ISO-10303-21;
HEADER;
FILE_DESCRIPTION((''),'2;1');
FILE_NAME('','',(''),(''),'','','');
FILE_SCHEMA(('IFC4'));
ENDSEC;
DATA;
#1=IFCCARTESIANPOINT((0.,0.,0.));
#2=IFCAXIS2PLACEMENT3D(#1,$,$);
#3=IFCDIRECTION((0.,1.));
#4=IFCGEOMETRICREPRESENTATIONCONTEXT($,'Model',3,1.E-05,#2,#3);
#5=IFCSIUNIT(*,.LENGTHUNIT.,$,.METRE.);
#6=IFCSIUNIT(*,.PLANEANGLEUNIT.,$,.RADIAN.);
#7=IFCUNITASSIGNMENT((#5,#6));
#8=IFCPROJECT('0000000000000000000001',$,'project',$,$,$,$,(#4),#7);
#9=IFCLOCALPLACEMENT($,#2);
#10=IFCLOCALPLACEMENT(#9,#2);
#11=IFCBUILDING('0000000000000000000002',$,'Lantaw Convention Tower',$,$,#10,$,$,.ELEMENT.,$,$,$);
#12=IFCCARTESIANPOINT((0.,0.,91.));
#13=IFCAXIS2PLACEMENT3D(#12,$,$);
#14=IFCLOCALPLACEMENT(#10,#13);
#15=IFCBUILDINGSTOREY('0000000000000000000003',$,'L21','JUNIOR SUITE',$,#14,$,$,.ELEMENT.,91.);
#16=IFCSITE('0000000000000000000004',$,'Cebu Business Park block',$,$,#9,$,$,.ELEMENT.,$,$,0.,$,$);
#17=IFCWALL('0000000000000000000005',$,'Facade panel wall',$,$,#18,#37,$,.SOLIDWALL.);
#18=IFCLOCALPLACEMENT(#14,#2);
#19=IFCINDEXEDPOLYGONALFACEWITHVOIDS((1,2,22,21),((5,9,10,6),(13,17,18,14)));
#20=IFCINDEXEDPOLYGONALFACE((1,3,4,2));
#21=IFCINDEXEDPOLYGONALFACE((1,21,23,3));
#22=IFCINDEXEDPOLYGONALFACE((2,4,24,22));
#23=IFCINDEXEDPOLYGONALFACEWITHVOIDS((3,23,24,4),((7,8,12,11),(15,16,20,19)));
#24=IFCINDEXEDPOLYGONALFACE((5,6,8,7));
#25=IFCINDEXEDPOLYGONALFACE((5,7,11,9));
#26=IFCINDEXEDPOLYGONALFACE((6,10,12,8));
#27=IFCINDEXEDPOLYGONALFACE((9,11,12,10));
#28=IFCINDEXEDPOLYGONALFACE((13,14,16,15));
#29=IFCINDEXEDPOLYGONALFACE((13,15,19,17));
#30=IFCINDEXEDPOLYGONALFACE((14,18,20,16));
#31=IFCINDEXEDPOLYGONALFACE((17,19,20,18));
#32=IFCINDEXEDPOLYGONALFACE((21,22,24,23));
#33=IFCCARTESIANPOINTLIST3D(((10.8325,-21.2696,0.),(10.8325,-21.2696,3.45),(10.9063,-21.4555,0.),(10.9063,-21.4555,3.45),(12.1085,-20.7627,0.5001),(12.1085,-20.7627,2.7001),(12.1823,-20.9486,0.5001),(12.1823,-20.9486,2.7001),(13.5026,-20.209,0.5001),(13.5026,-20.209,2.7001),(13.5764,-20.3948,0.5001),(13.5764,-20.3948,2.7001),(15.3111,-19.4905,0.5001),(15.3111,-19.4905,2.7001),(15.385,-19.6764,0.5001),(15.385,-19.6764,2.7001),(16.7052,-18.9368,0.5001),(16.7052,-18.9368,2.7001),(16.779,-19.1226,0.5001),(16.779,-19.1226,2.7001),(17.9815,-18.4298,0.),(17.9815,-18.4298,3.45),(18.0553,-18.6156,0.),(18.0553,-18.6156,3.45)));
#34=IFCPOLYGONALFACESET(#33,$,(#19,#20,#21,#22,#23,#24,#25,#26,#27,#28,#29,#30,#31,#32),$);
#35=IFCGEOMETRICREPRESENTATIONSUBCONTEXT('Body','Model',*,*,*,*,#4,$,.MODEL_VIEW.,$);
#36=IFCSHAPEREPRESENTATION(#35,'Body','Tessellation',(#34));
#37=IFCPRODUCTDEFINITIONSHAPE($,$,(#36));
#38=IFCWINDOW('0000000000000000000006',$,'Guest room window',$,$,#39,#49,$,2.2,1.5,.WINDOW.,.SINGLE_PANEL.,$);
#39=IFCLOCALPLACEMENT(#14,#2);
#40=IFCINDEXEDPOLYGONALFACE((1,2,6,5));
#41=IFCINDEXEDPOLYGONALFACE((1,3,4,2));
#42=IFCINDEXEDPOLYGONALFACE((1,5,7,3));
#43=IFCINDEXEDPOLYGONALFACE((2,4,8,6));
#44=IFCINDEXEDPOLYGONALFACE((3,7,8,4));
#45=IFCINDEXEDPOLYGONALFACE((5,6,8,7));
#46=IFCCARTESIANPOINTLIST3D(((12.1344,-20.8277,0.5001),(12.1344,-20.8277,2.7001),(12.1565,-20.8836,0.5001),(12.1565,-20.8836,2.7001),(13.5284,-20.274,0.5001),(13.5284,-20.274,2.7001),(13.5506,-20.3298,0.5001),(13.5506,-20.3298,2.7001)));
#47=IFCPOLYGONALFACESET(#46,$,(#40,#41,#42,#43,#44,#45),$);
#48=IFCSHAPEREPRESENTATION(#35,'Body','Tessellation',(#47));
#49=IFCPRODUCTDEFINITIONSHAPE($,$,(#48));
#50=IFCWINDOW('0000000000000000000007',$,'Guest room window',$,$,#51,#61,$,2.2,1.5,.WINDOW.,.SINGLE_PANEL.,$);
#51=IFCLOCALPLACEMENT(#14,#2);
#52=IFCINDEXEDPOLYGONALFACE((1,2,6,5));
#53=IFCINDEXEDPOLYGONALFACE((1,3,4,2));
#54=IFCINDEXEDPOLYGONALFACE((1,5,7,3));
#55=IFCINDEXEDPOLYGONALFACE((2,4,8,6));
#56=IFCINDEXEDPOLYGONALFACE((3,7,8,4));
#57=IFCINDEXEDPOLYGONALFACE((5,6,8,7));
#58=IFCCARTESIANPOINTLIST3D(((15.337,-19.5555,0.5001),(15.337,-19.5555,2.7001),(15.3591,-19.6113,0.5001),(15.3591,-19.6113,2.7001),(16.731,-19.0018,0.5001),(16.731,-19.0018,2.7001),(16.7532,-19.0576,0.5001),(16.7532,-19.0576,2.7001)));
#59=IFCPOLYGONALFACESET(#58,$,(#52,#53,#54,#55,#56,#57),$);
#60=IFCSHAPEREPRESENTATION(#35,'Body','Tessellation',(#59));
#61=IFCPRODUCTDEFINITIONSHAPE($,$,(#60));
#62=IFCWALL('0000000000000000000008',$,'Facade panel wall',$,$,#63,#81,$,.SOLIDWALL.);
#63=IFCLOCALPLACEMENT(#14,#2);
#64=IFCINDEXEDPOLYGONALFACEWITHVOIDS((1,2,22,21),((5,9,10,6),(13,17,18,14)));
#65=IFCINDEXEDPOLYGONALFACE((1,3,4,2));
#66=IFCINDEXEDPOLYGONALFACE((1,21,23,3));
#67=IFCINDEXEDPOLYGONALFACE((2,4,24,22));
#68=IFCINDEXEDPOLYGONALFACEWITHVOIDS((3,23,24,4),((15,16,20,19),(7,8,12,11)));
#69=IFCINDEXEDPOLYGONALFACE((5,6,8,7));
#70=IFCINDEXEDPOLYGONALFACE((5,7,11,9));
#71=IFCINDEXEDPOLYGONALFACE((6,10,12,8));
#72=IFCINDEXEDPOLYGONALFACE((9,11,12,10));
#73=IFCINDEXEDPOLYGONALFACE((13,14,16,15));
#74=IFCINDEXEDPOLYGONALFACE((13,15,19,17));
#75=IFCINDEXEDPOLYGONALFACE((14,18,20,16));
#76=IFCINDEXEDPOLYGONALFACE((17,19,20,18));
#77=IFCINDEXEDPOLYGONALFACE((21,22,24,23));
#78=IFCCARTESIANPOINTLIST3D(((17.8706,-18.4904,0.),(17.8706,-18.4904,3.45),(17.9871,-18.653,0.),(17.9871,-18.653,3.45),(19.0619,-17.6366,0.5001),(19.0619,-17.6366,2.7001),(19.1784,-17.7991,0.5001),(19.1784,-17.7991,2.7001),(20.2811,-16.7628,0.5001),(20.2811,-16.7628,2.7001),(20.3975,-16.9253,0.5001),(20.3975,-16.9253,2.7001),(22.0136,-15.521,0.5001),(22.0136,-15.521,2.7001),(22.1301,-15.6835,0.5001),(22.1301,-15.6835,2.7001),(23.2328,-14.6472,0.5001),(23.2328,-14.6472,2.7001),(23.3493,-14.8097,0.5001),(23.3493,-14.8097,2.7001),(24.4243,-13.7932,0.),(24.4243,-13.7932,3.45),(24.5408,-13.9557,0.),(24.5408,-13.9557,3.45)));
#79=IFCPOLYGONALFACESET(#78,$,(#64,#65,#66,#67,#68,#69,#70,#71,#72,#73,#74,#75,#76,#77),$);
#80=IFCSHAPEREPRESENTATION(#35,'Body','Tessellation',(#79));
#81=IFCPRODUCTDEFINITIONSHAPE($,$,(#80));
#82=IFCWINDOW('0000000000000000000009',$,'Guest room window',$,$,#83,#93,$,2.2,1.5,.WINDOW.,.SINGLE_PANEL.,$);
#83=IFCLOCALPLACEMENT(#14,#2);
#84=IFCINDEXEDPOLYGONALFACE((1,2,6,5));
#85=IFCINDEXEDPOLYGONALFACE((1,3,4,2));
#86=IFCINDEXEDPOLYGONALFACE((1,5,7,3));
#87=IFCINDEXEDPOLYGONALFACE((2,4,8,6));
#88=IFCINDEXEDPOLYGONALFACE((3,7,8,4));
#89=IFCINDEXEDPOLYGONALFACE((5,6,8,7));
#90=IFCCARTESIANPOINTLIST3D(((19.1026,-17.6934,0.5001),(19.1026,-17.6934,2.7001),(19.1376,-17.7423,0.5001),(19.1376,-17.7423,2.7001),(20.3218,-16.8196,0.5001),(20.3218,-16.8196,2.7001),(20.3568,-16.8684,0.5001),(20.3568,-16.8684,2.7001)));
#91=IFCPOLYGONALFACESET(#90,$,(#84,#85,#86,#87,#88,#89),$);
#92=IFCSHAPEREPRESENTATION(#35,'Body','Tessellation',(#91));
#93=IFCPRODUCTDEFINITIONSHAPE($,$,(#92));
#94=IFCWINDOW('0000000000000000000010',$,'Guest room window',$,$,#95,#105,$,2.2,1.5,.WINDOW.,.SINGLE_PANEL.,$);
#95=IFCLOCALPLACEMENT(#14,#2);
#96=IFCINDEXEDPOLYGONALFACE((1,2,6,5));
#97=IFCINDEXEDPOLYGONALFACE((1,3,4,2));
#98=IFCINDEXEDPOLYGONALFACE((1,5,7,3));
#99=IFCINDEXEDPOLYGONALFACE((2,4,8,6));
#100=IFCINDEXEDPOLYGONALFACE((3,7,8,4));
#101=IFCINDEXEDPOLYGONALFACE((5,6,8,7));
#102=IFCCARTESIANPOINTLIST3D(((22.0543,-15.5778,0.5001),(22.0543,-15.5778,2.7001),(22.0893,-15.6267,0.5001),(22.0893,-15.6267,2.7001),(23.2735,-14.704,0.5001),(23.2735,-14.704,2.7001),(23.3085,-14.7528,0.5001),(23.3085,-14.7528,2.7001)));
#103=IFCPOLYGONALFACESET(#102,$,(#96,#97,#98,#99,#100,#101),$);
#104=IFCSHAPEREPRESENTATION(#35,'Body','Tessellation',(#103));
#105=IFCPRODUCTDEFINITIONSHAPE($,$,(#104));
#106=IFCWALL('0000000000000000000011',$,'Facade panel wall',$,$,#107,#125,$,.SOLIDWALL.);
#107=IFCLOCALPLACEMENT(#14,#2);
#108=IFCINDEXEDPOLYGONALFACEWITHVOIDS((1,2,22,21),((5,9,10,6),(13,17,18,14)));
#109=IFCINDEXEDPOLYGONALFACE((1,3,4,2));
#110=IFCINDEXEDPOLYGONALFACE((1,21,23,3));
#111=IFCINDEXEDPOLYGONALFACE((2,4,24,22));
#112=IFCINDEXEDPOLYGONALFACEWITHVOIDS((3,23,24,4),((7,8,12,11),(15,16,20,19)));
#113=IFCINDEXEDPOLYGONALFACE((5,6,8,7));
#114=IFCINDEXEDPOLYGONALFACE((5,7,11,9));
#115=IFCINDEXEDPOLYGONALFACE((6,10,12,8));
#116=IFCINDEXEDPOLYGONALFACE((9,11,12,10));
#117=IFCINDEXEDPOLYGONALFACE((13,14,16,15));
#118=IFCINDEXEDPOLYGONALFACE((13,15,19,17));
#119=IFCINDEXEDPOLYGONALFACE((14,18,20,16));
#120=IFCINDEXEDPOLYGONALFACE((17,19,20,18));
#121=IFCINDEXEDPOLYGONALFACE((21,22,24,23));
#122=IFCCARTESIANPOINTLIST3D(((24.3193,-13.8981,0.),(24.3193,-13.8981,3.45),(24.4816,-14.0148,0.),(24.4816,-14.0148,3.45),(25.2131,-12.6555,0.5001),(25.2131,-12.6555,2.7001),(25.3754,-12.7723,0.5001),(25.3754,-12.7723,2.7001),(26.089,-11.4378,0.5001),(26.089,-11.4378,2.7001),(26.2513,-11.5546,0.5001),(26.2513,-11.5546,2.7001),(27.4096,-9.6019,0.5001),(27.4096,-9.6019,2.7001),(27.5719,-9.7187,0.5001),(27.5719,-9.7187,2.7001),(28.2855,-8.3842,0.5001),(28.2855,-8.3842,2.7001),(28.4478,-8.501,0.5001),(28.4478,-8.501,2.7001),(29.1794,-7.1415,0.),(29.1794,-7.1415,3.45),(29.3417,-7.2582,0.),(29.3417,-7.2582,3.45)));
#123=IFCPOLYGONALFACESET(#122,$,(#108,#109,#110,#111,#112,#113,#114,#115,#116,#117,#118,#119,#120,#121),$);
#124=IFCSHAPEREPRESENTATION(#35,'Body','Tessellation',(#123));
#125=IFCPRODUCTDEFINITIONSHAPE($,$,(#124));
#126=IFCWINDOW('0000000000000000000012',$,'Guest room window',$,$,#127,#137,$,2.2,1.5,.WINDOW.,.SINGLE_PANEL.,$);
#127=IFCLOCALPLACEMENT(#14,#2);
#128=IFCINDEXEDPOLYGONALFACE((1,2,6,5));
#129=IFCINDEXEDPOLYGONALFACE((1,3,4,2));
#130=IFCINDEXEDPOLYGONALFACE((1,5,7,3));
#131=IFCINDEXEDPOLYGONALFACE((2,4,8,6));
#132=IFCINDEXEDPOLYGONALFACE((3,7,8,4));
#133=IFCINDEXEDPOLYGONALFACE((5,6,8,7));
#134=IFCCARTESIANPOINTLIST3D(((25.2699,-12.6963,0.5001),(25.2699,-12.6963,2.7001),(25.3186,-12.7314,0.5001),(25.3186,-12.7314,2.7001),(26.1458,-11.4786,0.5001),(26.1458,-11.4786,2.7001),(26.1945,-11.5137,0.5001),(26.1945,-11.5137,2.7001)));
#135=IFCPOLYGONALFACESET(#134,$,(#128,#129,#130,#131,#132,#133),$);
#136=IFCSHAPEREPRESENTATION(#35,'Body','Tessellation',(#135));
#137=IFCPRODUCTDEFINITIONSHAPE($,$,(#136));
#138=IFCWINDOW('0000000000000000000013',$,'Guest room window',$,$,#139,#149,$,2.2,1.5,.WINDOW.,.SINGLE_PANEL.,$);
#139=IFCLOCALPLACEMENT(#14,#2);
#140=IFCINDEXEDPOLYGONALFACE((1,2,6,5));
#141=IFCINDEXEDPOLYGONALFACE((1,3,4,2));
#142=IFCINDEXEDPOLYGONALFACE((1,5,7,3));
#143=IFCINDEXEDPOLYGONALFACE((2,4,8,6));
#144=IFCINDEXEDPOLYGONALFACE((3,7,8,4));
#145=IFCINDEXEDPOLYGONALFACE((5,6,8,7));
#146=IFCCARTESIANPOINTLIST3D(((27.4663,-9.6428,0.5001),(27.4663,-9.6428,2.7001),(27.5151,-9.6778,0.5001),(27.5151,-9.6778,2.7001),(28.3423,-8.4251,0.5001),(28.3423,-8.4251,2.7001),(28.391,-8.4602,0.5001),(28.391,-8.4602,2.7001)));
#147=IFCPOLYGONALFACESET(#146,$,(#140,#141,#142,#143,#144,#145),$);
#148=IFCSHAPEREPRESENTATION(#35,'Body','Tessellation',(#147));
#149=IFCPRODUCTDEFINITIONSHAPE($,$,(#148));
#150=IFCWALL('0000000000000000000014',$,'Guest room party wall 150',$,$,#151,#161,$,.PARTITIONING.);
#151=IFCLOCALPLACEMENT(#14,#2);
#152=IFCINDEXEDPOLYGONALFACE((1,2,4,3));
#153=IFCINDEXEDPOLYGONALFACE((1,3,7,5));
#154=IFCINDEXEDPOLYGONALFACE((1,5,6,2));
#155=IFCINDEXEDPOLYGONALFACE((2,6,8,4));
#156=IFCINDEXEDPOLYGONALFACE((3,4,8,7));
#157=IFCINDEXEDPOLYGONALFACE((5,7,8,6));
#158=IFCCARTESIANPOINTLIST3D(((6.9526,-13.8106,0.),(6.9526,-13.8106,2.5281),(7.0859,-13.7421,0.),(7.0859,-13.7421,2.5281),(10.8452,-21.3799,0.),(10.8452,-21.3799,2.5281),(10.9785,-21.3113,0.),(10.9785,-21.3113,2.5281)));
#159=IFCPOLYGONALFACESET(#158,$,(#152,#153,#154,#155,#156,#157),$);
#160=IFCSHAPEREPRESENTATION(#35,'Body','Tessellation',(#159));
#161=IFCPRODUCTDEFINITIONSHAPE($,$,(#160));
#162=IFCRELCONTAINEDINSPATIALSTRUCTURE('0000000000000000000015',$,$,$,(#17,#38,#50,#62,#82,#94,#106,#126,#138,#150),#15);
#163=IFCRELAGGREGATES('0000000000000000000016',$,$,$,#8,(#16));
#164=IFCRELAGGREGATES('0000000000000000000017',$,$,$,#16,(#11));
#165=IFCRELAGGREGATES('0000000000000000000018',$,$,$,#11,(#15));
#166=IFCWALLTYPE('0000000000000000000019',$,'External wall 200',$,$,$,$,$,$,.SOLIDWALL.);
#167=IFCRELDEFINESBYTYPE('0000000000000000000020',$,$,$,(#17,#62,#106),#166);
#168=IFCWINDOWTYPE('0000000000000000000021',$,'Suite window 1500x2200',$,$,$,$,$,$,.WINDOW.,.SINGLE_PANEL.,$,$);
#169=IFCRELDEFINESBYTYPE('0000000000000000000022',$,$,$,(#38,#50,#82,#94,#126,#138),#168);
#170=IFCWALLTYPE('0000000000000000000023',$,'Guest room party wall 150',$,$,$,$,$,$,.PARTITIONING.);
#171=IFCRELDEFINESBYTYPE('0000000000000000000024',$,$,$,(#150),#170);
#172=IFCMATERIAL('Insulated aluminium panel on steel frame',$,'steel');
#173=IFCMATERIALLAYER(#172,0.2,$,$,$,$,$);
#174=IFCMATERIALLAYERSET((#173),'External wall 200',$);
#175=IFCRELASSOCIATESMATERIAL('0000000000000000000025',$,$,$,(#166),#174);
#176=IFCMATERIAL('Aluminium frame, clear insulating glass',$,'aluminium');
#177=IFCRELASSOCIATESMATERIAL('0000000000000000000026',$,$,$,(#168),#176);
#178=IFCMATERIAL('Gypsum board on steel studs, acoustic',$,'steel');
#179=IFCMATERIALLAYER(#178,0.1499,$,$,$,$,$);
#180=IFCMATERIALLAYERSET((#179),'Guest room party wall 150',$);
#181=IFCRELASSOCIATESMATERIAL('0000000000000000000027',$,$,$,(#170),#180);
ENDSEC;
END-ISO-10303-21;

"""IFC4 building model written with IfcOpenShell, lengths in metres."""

from ifc_helpers import new_model, si_unit, direction, frame, frame_2d, origin, place, context, subcontext, project, spatial, rectangle, extrude, material, layer, layer_set, type_object, element, fill, save


model = new_model("IFC4")

# Units and contexts
model_context = context("Model", 3, precision=1e-05, world=origin(), true_north=direction((0.0, 1.0)))
body_context = subcontext(model_context, "Body", "Model", "MODEL_VIEW")
ifc_project = project(units=[si_unit("LENGTHUNIT", "METRE"), si_unit("PLANEANGLEUNIT", "RADIAN")], contexts=[model_context])

# Site, building, storey
site_placement = place(None, origin())
site = spatial("IfcSite", under=ifc_project, at=site_placement, Name="Cebu Business Park block", CompositionType="ELEMENT", RefElevation=0.0)
building_placement = place(site_placement, origin())
building = spatial("IfcBuilding", under=site, at=building_placement, Name="Lantaw Convention Tower", CompositionType="ELEMENT")
storey_placement = place(building_placement, frame((0.0, 0.0, 91.0)))
storey = spatial("IfcBuildingStorey", under=building, at=storey_placement, Name="L21", Description="JUNIOR SUITE", CompositionType="ELEMENT", Elevation=91.0)

# Walls, openings, windows
ifc_material_1 = material(Name="Insulated aluminium panel on steel frame", Category="steel")
ifc_layer_1 = layer(ifc_material_1, 0.2)
ifc_layer_set_1 = layer_set([ifc_layer_1], Name="External wall 200")
wall_type_1 = type_object("IfcWallType", Name="External wall 200", PredefinedType="SOLIDWALL", material=ifc_layer_set_1)
wall_1_placement = place(storey_placement, frame((10.8694, -21.3625, 0.0), z_axis=(0.0, 0.0, 1.0), x_axis=(0.929358, 0.369179, 0.0)))
wall_1 = element("IfcWall", 1, at=wall_1_placement, inside=storey, type_object=wall_type_1, Name="Facade panel wall", PredefinedType="SOLIDWALL", context=body_context, shape_type="SweptSolid", body=[
    extrude(rectangle(XDim=7.6924, YDim=0.2, at=frame_2d((3.8462, 0.0))), origin(), (0.0, 0.0, 1.0), 3.45),
])
opening_1_placement = place(wall_1_placement, frame((1.373, 0.0, 0.5)))
opening_1 = element("IfcOpeningElement", 2, at=opening_1_placement, cuts=wall_1, PredefinedType="OPENING", context=body_context, shape_type="SweptSolid", body=[
    extrude(rectangle(XDim=1.5, YDim=2.2, at=frame_2d((0.75, 1.1001))), frame((0.0, 0.1099, 0.0), z_axis=(0.0, -1.0, 0.0), x_axis=(1.0, 0.0, 0.0)), (0.0, 0.0, 1.0), 0.22),
])
opening_2_placement = place(wall_1_placement, frame((4.8191, 0.0, 0.5)))
opening_2 = element("IfcOpeningElement", 3, at=opening_2_placement, cuts=wall_1, PredefinedType="OPENING", context=body_context, shape_type="SweptSolid", body=[
    extrude(rectangle(XDim=1.5, YDim=2.2, at=frame_2d((0.75, 1.1001))), frame((0.0, 0.1099, 0.0), z_axis=(0.0, -1.0, 0.0), x_axis=(1.0, 0.0, 0.0)), (0.0, 0.0, 1.0), 0.22),
])
ifc_material_2 = material(Name="Aluminium frame, clear insulating glass", Category="aluminium")
window_type = type_object("IfcWindowType", Name="Suite window 1500x2200", PartitioningType="SINGLE_PANEL", PredefinedType="WINDOW", material=ifc_material_2)
window_1_placement = place(opening_1_placement, origin())
window_1 = element("IfcWindow", 4, at=window_1_placement, inside=storey, type_object=window_type, Name="Guest room window", OverallHeight=2.2, OverallWidth=1.5, PartitioningType="SINGLE_PANEL", PredefinedType="WINDOW", context=body_context, shape_type="SweptSolid", body=[
    extrude(rectangle(XDim=1.5, YDim=2.2, at=frame_2d((0.75, 1.1001))), frame((0.0, 0.03, 0.0), z_axis=(0.0, -1.0, 0.0), x_axis=(1.0, 0.0, 0.0)), (0.0, 0.0, 1.0), 0.0601),
])
fill(opening_1, window_1)
window_2_placement = place(opening_2_placement, origin())
window_2 = element("IfcWindow", 5, at=window_2_placement, inside=storey, type_object=window_type, Name="Guest room window", OverallHeight=2.2, OverallWidth=1.5, PartitioningType="SINGLE_PANEL", PredefinedType="WINDOW", context=body_context, shape_type="SweptSolid", body=[
    extrude(rectangle(XDim=1.5, YDim=2.2, at=frame_2d((0.75, 1.1001))), frame((0.0, 0.03, 0.0), z_axis=(0.0, -1.0, 0.0), x_axis=(1.0, 0.0, 0.0)), (0.0, 0.0, 1.0), 0.0601),
])
fill(opening_2, window_2)
wall_2_placement = place(storey_placement, frame((17.9287, -18.5718, 0.0), z_axis=(0.0, 0.0, 1.0), x_axis=(0.812791, 0.582555, 0.0)))
wall_2 = element("IfcWall", 6, at=wall_2_placement, inside=storey, type_object=wall_type_1, Name="Facade panel wall", PredefinedType="SOLIDWALL", context=body_context, shape_type="SweptSolid", body=[
    extrude(rectangle(XDim=8.0632, YDim=0.2, at=frame_2d((4.0317, 0.0))), origin(), (0.0, 0.0, 1.0), 3.45),
])
opening_3_placement = place(wall_2_placement, frame((1.4658, 0.0, 0.5)))
opening_3 = element("IfcOpeningElement", 7, at=opening_3_placement, cuts=wall_2, PredefinedType="OPENING", context=body_context, shape_type="SweptSolid", body=[
    extrude(rectangle(XDim=1.5, YDim=2.2, at=frame_2d((0.75, 1.1001))), frame((0.0, 0.1099, 0.0), z_axis=(0.0, -1.0, 0.0), x_axis=(1.0, 0.0, 0.0)), (0.0, 0.0, 1.0), 0.22),
])
opening_4_placement = place(wall_2_placement, frame((5.0974, 0.0, 0.5)))
opening_4 = element("IfcOpeningElement", 8, at=opening_4_placement, cuts=wall_2, PredefinedType="OPENING", context=body_context, shape_type="SweptSolid", body=[
    extrude(rectangle(XDim=1.5, YDim=2.2, at=frame_2d((0.75, 1.1001))), frame((0.0, 0.1099, 0.0), z_axis=(0.0, -1.0, 0.0), x_axis=(1.0, 0.0, 0.0)), (0.0, 0.0, 1.0), 0.22),
])
window_3_placement = place(opening_3_placement, origin())
window_3 = element("IfcWindow", 9, at=window_3_placement, inside=storey, type_object=window_type, Name="Guest room window", OverallHeight=2.2, OverallWidth=1.5, PartitioningType="SINGLE_PANEL", PredefinedType="WINDOW", context=body_context, shape_type="SweptSolid", body=[
    extrude(rectangle(XDim=1.5, YDim=2.2, at=frame_2d((0.75, 1.1001))), frame((0.0, 0.03, 0.0), z_axis=(0.0, -1.0, 0.0), x_axis=(1.0, 0.0, 0.0)), (0.0, 0.0, 1.0), 0.0601),
])
fill(opening_3, window_3)
window_4_placement = place(opening_4_placement, origin())
window_4 = element("IfcWindow", 10, at=window_4_placement, inside=storey, type_object=window_type, Name="Guest room window", OverallHeight=2.2, OverallWidth=1.5, PartitioningType="SINGLE_PANEL", PredefinedType="WINDOW", context=body_context, shape_type="SweptSolid", body=[
    extrude(rectangle(XDim=1.5, YDim=2.2, at=frame_2d((0.75, 1.1001))), frame((0.0, 0.03, 0.0), z_axis=(0.0, -1.0, 0.0), x_axis=(1.0, 0.0, 0.0)), (0.0, 0.0, 1.0), 0.0601),
])
fill(opening_4, window_4)
wall_3_placement = place(storey_placement, frame((24.4004, -13.9565, 0.0), z_axis=(0.0, 0.0, 1.0), x_axis=(0.583938, 0.811799, 0.0)))
wall_3 = element("IfcWall", 11, at=wall_3_placement, inside=storey, type_object=wall_type_1, Name="Facade panel wall", PredefinedType="SOLIDWALL", context=body_context, shape_type="SweptSolid", body=[
    extrude(rectangle(XDim=8.323, YDim=0.2, at=frame_2d((4.1616, 0.0))), origin(), (0.0, 0.0, 1.0), 3.45),
])
opening_5_placement = place(wall_3_placement, frame((1.5308, 0.0, 0.5)))
opening_5 = element("IfcOpeningElement", 12, at=opening_5_placement, cuts=wall_3, PredefinedType="OPENING", context=body_context, shape_type="SweptSolid", body=[
    extrude(rectangle(XDim=1.5, YDim=2.2, at=frame_2d((0.75, 1.1001))), frame((0.0, 0.1099, 0.0), z_axis=(0.0, -1.0, 0.0), x_axis=(1.0, 0.0, 0.0)), (0.0, 0.0, 1.0), 0.22),
])
opening_6_placement = place(wall_3_placement, frame((5.2922, 0.0, 0.5)))
opening_6 = element("IfcOpeningElement", 13, at=opening_6_placement, cuts=wall_3, PredefinedType="OPENING", context=body_context, shape_type="SweptSolid", body=[
    extrude(rectangle(XDim=1.5, YDim=2.2, at=frame_2d((0.75, 1.1001))), frame((0.0, 0.1099, 0.0), z_axis=(0.0, -1.0, 0.0), x_axis=(1.0, 0.0, 0.0)), (0.0, 0.0, 1.0), 0.22),
])
window_5_placement = place(opening_5_placement, origin())
window_5 = element("IfcWindow", 14, at=window_5_placement, inside=storey, type_object=window_type, Name="Guest room window", OverallHeight=2.2, OverallWidth=1.5, PartitioningType="SINGLE_PANEL", PredefinedType="WINDOW", context=body_context, shape_type="SweptSolid", body=[
    extrude(rectangle(XDim=1.5, YDim=2.2, at=frame_2d((0.75, 1.1001))), frame((0.0, 0.03, 0.0), z_axis=(0.0, -1.0, 0.0), x_axis=(1.0, 0.0, 0.0)), (0.0, 0.0, 1.0), 0.0601),
])
fill(opening_5, window_5)
window_6_placement = place(opening_6_placement, origin())
window_6 = element("IfcWindow", 15, at=window_6_placement, inside=storey, type_object=window_type, Name="Guest room window", OverallHeight=2.2, OverallWidth=1.5, PartitioningType="SINGLE_PANEL", PredefinedType="WINDOW", context=body_context, shape_type="SweptSolid", body=[
    extrude(rectangle(XDim=1.5, YDim=2.2, at=frame_2d((0.75, 1.1001))), frame((0.0, 0.03, 0.0), z_axis=(0.0, -1.0, 0.0), x_axis=(1.0, 0.0, 0.0)), (0.0, 0.0, 1.0), 0.0601),
])
fill(opening_6, window_6)

# Wall
ifc_material_3 = material(Name="Gypsum board on steel studs, acoustic", Category="steel")
ifc_layer_2 = layer(ifc_material_3, 0.1499)
ifc_layer_set_2 = layer_set([ifc_layer_2], Name="Guest room party wall 150")
wall_type_2 = type_object("IfcWallType", Name="Guest room party wall 150", PredefinedType="PARTITIONING", material=ifc_layer_set_2)
wall_4_placement = place(storey_placement, frame((10.9119, -21.3457, 0.0), z_axis=(0.0, 0.0, 1.0), x_axis=(-0.457327, 0.889298, 0.0)))
element("IfcWall", 16, at=wall_4_placement, inside=storey, type_object=wall_type_2, Name="Guest room party wall 150", PredefinedType="PARTITIONING", context=body_context, shape_type="SweptSolid", body=[
    extrude(rectangle(XDim=8.5115, YDim=0.1499, at=frame_2d((4.2559, 0.0))), origin(), (0.0, 0.0, 1.0), 2.5281),
])

save(model, "model.ifc")
